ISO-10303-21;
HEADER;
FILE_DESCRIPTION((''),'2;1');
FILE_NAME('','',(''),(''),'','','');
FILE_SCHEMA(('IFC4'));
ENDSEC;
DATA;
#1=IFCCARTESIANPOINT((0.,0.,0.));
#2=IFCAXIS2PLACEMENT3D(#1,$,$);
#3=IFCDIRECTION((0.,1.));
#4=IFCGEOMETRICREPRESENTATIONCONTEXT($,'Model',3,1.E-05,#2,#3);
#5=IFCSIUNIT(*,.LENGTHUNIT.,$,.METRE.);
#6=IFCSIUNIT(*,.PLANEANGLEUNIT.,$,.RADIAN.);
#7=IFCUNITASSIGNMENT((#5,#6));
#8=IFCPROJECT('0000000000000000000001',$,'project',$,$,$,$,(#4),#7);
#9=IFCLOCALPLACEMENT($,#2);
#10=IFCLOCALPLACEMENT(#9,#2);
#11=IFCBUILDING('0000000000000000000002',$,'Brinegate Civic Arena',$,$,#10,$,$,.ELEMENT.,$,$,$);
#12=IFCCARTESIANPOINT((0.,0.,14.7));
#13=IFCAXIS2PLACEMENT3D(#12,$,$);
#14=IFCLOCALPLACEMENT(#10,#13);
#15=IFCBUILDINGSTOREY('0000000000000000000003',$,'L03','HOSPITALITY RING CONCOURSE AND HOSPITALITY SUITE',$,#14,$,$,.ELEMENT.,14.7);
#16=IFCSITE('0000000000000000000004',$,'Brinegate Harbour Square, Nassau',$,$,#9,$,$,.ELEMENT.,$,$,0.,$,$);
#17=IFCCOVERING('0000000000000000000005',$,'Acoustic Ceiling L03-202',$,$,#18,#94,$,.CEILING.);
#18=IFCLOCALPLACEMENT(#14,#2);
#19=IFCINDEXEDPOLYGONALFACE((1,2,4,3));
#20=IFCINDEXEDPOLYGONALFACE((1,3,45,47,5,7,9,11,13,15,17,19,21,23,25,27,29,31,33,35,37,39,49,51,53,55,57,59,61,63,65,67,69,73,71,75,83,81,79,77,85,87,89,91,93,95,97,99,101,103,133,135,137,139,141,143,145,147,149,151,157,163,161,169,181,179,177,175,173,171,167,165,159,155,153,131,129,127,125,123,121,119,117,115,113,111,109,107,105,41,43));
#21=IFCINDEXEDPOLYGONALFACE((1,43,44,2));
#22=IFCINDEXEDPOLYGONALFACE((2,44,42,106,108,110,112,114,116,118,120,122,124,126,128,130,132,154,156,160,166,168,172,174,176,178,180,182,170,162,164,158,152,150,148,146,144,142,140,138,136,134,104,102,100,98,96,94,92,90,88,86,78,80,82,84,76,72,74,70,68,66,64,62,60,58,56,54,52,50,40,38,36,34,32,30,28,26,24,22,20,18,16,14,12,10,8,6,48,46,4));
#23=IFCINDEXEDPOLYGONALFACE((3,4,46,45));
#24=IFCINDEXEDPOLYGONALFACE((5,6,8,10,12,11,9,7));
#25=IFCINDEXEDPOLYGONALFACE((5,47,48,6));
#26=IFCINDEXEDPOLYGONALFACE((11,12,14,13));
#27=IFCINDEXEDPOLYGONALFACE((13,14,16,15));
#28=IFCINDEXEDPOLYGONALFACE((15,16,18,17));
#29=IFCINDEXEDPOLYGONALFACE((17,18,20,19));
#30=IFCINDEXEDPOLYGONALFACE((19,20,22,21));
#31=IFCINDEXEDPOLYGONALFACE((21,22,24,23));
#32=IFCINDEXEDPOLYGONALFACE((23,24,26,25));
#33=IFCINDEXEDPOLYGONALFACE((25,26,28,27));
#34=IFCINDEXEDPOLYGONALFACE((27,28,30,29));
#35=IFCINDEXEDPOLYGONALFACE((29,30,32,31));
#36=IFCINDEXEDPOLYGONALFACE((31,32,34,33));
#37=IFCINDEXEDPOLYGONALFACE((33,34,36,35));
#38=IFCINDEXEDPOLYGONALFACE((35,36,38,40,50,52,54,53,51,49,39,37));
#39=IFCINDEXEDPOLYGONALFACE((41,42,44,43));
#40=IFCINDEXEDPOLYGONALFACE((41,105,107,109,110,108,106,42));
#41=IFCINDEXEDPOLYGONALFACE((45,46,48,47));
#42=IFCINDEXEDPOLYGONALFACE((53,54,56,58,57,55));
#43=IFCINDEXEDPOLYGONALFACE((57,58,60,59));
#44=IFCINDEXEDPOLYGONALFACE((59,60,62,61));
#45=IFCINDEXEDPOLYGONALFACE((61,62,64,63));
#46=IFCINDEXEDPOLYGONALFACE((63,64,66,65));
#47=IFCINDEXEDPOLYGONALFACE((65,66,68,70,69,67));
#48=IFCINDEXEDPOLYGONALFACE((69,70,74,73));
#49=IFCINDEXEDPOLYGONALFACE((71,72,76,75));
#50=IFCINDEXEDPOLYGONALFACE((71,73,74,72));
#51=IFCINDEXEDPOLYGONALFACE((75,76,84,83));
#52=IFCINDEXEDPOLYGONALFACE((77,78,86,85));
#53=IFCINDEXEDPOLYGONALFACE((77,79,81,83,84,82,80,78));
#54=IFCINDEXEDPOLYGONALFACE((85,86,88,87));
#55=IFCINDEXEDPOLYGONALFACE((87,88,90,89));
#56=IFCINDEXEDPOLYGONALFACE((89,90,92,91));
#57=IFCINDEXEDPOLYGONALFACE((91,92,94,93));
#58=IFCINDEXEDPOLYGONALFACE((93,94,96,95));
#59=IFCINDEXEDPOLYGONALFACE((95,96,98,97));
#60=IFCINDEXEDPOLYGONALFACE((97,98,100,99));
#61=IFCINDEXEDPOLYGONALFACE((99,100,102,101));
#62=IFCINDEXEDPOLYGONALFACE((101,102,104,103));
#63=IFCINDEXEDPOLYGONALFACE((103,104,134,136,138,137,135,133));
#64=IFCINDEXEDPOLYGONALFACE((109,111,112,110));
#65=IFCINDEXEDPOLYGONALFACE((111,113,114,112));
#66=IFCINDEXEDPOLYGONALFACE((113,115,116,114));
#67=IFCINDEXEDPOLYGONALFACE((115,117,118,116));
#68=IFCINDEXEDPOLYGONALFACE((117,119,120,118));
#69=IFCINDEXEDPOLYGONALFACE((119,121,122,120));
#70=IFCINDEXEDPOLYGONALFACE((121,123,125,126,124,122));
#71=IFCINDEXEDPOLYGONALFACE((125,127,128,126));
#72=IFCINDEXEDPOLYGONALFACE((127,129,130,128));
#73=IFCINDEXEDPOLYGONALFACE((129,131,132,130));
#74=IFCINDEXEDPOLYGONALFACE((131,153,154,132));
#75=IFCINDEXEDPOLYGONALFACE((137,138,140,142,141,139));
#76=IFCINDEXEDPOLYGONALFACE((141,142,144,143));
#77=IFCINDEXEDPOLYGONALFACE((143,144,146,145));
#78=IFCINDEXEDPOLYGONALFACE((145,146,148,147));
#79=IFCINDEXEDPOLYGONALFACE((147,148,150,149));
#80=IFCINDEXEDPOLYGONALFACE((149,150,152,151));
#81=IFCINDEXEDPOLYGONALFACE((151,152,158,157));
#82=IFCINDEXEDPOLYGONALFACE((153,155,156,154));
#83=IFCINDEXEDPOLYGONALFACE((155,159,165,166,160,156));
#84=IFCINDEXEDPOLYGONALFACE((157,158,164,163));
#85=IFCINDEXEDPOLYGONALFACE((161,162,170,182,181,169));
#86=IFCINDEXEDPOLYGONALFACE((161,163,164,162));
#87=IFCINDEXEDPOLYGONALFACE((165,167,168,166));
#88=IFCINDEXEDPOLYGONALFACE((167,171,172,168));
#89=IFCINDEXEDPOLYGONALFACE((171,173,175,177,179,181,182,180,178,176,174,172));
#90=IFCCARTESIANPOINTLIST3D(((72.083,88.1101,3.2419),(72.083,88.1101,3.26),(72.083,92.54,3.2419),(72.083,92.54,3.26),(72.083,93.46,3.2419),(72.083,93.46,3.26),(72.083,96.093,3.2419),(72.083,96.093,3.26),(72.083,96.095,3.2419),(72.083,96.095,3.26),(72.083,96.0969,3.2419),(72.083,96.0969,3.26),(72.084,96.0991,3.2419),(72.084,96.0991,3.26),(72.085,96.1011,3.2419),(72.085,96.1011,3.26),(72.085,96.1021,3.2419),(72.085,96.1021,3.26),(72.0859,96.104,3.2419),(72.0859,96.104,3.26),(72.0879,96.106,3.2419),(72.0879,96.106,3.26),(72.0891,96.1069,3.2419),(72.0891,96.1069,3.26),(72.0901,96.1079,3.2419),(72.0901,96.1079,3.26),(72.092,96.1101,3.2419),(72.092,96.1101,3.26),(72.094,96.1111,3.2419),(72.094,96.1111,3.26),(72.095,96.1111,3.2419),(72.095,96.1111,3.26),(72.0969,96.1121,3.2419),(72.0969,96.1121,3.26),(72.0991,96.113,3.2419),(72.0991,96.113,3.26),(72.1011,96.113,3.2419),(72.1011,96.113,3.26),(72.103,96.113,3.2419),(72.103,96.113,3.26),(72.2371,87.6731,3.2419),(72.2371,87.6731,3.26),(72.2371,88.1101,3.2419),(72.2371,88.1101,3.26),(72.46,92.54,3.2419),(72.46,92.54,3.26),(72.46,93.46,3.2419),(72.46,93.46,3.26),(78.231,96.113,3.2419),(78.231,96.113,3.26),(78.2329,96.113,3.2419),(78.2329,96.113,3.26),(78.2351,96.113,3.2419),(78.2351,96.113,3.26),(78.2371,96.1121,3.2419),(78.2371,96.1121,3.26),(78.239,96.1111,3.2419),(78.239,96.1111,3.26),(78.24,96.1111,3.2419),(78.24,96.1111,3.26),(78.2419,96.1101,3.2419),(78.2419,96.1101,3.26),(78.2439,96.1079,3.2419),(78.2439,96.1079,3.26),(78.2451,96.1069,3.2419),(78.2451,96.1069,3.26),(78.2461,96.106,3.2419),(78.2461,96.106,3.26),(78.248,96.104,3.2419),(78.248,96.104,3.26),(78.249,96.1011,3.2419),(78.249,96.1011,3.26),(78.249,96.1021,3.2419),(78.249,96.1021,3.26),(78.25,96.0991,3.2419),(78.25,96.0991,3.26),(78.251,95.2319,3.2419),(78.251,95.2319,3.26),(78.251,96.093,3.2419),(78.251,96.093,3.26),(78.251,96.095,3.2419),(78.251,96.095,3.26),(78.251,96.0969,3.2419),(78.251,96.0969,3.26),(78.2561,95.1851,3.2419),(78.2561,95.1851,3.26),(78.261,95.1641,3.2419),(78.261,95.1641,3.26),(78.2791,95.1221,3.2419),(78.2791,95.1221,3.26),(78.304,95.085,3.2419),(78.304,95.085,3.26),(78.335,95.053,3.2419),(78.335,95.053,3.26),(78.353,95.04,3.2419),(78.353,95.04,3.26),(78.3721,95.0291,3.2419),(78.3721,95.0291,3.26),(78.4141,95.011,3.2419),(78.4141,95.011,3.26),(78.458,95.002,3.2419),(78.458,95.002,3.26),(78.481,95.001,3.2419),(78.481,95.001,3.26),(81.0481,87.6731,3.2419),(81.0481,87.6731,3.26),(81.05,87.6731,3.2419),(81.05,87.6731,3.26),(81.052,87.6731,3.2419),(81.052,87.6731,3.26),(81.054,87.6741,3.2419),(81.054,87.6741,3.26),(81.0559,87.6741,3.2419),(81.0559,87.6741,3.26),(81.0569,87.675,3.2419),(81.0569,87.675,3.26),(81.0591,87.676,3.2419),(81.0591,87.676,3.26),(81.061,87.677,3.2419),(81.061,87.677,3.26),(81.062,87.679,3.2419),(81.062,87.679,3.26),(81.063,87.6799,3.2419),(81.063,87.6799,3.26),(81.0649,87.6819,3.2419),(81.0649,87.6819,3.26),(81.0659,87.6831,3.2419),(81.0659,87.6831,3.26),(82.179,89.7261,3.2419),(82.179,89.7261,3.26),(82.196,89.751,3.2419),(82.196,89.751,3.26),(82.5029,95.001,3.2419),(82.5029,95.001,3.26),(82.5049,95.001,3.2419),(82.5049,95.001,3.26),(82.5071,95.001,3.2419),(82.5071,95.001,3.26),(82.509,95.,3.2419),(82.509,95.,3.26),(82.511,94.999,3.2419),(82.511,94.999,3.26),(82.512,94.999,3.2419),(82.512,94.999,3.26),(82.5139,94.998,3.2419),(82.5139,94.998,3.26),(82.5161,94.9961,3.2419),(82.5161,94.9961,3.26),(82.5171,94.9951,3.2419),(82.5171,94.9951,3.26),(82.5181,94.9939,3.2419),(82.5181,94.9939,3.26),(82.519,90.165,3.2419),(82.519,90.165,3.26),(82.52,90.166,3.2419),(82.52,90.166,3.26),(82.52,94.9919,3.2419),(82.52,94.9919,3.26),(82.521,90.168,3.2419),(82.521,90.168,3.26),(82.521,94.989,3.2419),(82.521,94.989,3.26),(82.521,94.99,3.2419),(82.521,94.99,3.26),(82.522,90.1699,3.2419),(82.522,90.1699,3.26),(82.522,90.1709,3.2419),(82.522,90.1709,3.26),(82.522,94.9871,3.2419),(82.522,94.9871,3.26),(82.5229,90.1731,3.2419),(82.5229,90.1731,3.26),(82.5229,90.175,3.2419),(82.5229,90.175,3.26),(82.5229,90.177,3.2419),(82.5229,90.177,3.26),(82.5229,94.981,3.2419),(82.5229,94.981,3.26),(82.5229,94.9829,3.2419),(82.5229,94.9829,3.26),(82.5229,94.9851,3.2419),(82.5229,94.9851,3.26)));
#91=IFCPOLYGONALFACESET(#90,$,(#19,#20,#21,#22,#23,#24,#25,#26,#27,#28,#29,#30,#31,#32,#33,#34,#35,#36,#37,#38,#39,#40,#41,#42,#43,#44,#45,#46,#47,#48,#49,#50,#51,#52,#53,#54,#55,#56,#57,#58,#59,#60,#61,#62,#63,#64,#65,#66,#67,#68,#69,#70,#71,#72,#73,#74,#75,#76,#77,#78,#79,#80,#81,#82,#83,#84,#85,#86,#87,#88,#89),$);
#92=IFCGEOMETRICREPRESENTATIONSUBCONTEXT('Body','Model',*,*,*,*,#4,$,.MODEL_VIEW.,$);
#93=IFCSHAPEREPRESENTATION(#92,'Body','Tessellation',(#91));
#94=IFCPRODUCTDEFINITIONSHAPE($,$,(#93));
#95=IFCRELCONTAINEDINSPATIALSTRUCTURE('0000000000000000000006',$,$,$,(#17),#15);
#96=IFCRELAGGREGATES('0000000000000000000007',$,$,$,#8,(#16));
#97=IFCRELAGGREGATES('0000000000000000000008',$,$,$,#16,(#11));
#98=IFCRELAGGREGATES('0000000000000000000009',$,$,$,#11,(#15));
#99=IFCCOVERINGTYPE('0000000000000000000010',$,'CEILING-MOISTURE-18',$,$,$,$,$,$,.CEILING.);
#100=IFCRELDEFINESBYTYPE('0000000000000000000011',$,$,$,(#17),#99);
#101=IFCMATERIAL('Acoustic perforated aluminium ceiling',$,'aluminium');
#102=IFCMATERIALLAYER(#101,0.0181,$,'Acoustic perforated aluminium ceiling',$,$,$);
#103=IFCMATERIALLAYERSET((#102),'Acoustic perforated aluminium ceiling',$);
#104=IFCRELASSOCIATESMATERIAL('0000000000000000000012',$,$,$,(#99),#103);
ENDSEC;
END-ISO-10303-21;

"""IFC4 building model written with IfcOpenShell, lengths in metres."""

from ifc_helpers import new_model, si_unit, direction, frame, origin, place, context, subcontext, project, spatial, polyline, outline, extrude, material, layer, layer_set, type_object, element, save


model = new_model("IFC4")

# Units and contexts
model_context = context("Model", 3, precision=1e-05, world=origin(), true_north=direction((0.0, 1.0)))
body_context = subcontext(model_context, "Body", "Model", "MODEL_VIEW")
ifc_project = project(units=[si_unit("LENGTHUNIT", "METRE"), si_unit("PLANEANGLEUNIT", "RADIAN")], contexts=[model_context])

# Site, building, storey
site_placement = place(None, origin())
site = spatial("IfcSite", under=ifc_project, at=site_placement, Name="Brinegate Harbour Square, Nassau", CompositionType="ELEMENT", RefElevation=0.0)
building_placement = place(site_placement, origin())
building = spatial("IfcBuilding", under=site, at=building_placement, Name="Brinegate Civic Arena", CompositionType="ELEMENT")
storey_placement = place(building_placement, frame((0.0, 0.0, 14.7)))
storey = spatial("IfcBuildingStorey", under=building, at=storey_placement, Name="L03", Description="HOSPITALITY RING CONCOURSE AND HOSPITALITY SUITE", CompositionType="ELEMENT", Elevation=14.7)

# Covering
ifc_material_1 = material(Name="Acoustic perforated aluminium ceiling", Category="aluminium")
ifc_layer_1 = layer(ifc_material_1, 0.0181, Name="Acoustic perforated aluminium ceiling")
ifc_layer_set_1 = layer_set([ifc_layer_1], Name="Acoustic perforated aluminium ceiling")
covering_type_1 = type_object("IfcCoveringType", Name="CEILING-MOISTURE-18", PredefinedType="CEILING", material=ifc_layer_set_1)
covering_1_placement = place(storey_placement, frame((0.0, 0.0, 3.2419)))
element("IfcCovering", 1, at=covering_1_placement, inside=storey, type_object=covering_type_1, Name="Acoustic Ceiling L03-202", PredefinedType="CEILING", context=body_context, shape_type="SweptSolid", body=[
    extrude(outline(polyline([(72.083, 96.0969), (72.084, 96.0991), (72.085, 96.1011), (72.085, 96.1021), (72.0859, 96.104), (72.0879, 96.106), (72.0891, 96.1069), (72.0901, 96.1079), (72.092, 96.1101), (72.094, 96.1111), (72.095, 96.1111), (72.0969, 96.1121), (72.0991, 96.113), (72.1011, 96.113), (72.103, 96.113), (78.231, 96.113), (78.2329, 96.113), (78.2351, 96.113), (78.2371, 96.1121), (78.239, 96.1111), (78.24, 96.1111), (78.2419, 96.1101), (78.2439, 96.1079), (78.2451, 96.1069), (78.2461, 96.106), (78.248, 96.104), (78.249, 96.1021), (78.249, 96.1011), (78.25, 96.0991), (78.251, 96.0969), (78.251, 96.095), (78.251, 96.093), (78.251, 95.2319), (78.2561, 95.1851), (78.261, 95.1641), (78.2791, 95.1221), (78.304, 95.085), (78.335, 95.053), (78.353, 95.04), (78.3721, 95.0291), (78.4141, 95.011), (78.458, 95.002), (78.481, 95.001), (82.5029, 95.001), (82.5049, 95.001), (82.5071, 95.001), (82.509, 95.0), (82.511, 94.999), (82.512, 94.999), (82.5139, 94.998), (82.5161, 94.9961), (82.5171, 94.9951), (82.5181, 94.9939), (82.52, 94.9919), (82.521, 94.99), (82.521, 94.989), (82.522, 94.9871), (82.5229, 94.9851), (82.5229, 94.9829), (82.5229, 94.981), (82.5229, 90.177), (82.5229, 90.175), (82.5229, 90.1731), (82.522, 90.1709), (82.522, 90.1699), (82.521, 90.168), (82.52, 90.166), (82.519, 90.165), (82.196, 89.751), (82.179, 89.7261), (81.0659, 87.6831), (81.0649, 87.6819), (81.063, 87.6799), (81.062, 87.679), (81.061, 87.677), (81.0591, 87.676), (81.0569, 87.675), (81.0559, 87.6741), (81.054, 87.6741), (81.052, 87.6731), (81.05, 87.6731), (81.0481, 87.6731), (72.2371, 87.6731), (72.2371, 88.1101), (72.083, 88.1101), (72.083, 92.54), (72.46, 92.54), (72.46, 93.46), (72.083, 93.46), (72.083, 96.093), (72.083, 96.095), (72.083, 96.0969)])), origin(), (0.0, 0.0, 1.0), 0.0181),
])

save(model, "model.ifc")
